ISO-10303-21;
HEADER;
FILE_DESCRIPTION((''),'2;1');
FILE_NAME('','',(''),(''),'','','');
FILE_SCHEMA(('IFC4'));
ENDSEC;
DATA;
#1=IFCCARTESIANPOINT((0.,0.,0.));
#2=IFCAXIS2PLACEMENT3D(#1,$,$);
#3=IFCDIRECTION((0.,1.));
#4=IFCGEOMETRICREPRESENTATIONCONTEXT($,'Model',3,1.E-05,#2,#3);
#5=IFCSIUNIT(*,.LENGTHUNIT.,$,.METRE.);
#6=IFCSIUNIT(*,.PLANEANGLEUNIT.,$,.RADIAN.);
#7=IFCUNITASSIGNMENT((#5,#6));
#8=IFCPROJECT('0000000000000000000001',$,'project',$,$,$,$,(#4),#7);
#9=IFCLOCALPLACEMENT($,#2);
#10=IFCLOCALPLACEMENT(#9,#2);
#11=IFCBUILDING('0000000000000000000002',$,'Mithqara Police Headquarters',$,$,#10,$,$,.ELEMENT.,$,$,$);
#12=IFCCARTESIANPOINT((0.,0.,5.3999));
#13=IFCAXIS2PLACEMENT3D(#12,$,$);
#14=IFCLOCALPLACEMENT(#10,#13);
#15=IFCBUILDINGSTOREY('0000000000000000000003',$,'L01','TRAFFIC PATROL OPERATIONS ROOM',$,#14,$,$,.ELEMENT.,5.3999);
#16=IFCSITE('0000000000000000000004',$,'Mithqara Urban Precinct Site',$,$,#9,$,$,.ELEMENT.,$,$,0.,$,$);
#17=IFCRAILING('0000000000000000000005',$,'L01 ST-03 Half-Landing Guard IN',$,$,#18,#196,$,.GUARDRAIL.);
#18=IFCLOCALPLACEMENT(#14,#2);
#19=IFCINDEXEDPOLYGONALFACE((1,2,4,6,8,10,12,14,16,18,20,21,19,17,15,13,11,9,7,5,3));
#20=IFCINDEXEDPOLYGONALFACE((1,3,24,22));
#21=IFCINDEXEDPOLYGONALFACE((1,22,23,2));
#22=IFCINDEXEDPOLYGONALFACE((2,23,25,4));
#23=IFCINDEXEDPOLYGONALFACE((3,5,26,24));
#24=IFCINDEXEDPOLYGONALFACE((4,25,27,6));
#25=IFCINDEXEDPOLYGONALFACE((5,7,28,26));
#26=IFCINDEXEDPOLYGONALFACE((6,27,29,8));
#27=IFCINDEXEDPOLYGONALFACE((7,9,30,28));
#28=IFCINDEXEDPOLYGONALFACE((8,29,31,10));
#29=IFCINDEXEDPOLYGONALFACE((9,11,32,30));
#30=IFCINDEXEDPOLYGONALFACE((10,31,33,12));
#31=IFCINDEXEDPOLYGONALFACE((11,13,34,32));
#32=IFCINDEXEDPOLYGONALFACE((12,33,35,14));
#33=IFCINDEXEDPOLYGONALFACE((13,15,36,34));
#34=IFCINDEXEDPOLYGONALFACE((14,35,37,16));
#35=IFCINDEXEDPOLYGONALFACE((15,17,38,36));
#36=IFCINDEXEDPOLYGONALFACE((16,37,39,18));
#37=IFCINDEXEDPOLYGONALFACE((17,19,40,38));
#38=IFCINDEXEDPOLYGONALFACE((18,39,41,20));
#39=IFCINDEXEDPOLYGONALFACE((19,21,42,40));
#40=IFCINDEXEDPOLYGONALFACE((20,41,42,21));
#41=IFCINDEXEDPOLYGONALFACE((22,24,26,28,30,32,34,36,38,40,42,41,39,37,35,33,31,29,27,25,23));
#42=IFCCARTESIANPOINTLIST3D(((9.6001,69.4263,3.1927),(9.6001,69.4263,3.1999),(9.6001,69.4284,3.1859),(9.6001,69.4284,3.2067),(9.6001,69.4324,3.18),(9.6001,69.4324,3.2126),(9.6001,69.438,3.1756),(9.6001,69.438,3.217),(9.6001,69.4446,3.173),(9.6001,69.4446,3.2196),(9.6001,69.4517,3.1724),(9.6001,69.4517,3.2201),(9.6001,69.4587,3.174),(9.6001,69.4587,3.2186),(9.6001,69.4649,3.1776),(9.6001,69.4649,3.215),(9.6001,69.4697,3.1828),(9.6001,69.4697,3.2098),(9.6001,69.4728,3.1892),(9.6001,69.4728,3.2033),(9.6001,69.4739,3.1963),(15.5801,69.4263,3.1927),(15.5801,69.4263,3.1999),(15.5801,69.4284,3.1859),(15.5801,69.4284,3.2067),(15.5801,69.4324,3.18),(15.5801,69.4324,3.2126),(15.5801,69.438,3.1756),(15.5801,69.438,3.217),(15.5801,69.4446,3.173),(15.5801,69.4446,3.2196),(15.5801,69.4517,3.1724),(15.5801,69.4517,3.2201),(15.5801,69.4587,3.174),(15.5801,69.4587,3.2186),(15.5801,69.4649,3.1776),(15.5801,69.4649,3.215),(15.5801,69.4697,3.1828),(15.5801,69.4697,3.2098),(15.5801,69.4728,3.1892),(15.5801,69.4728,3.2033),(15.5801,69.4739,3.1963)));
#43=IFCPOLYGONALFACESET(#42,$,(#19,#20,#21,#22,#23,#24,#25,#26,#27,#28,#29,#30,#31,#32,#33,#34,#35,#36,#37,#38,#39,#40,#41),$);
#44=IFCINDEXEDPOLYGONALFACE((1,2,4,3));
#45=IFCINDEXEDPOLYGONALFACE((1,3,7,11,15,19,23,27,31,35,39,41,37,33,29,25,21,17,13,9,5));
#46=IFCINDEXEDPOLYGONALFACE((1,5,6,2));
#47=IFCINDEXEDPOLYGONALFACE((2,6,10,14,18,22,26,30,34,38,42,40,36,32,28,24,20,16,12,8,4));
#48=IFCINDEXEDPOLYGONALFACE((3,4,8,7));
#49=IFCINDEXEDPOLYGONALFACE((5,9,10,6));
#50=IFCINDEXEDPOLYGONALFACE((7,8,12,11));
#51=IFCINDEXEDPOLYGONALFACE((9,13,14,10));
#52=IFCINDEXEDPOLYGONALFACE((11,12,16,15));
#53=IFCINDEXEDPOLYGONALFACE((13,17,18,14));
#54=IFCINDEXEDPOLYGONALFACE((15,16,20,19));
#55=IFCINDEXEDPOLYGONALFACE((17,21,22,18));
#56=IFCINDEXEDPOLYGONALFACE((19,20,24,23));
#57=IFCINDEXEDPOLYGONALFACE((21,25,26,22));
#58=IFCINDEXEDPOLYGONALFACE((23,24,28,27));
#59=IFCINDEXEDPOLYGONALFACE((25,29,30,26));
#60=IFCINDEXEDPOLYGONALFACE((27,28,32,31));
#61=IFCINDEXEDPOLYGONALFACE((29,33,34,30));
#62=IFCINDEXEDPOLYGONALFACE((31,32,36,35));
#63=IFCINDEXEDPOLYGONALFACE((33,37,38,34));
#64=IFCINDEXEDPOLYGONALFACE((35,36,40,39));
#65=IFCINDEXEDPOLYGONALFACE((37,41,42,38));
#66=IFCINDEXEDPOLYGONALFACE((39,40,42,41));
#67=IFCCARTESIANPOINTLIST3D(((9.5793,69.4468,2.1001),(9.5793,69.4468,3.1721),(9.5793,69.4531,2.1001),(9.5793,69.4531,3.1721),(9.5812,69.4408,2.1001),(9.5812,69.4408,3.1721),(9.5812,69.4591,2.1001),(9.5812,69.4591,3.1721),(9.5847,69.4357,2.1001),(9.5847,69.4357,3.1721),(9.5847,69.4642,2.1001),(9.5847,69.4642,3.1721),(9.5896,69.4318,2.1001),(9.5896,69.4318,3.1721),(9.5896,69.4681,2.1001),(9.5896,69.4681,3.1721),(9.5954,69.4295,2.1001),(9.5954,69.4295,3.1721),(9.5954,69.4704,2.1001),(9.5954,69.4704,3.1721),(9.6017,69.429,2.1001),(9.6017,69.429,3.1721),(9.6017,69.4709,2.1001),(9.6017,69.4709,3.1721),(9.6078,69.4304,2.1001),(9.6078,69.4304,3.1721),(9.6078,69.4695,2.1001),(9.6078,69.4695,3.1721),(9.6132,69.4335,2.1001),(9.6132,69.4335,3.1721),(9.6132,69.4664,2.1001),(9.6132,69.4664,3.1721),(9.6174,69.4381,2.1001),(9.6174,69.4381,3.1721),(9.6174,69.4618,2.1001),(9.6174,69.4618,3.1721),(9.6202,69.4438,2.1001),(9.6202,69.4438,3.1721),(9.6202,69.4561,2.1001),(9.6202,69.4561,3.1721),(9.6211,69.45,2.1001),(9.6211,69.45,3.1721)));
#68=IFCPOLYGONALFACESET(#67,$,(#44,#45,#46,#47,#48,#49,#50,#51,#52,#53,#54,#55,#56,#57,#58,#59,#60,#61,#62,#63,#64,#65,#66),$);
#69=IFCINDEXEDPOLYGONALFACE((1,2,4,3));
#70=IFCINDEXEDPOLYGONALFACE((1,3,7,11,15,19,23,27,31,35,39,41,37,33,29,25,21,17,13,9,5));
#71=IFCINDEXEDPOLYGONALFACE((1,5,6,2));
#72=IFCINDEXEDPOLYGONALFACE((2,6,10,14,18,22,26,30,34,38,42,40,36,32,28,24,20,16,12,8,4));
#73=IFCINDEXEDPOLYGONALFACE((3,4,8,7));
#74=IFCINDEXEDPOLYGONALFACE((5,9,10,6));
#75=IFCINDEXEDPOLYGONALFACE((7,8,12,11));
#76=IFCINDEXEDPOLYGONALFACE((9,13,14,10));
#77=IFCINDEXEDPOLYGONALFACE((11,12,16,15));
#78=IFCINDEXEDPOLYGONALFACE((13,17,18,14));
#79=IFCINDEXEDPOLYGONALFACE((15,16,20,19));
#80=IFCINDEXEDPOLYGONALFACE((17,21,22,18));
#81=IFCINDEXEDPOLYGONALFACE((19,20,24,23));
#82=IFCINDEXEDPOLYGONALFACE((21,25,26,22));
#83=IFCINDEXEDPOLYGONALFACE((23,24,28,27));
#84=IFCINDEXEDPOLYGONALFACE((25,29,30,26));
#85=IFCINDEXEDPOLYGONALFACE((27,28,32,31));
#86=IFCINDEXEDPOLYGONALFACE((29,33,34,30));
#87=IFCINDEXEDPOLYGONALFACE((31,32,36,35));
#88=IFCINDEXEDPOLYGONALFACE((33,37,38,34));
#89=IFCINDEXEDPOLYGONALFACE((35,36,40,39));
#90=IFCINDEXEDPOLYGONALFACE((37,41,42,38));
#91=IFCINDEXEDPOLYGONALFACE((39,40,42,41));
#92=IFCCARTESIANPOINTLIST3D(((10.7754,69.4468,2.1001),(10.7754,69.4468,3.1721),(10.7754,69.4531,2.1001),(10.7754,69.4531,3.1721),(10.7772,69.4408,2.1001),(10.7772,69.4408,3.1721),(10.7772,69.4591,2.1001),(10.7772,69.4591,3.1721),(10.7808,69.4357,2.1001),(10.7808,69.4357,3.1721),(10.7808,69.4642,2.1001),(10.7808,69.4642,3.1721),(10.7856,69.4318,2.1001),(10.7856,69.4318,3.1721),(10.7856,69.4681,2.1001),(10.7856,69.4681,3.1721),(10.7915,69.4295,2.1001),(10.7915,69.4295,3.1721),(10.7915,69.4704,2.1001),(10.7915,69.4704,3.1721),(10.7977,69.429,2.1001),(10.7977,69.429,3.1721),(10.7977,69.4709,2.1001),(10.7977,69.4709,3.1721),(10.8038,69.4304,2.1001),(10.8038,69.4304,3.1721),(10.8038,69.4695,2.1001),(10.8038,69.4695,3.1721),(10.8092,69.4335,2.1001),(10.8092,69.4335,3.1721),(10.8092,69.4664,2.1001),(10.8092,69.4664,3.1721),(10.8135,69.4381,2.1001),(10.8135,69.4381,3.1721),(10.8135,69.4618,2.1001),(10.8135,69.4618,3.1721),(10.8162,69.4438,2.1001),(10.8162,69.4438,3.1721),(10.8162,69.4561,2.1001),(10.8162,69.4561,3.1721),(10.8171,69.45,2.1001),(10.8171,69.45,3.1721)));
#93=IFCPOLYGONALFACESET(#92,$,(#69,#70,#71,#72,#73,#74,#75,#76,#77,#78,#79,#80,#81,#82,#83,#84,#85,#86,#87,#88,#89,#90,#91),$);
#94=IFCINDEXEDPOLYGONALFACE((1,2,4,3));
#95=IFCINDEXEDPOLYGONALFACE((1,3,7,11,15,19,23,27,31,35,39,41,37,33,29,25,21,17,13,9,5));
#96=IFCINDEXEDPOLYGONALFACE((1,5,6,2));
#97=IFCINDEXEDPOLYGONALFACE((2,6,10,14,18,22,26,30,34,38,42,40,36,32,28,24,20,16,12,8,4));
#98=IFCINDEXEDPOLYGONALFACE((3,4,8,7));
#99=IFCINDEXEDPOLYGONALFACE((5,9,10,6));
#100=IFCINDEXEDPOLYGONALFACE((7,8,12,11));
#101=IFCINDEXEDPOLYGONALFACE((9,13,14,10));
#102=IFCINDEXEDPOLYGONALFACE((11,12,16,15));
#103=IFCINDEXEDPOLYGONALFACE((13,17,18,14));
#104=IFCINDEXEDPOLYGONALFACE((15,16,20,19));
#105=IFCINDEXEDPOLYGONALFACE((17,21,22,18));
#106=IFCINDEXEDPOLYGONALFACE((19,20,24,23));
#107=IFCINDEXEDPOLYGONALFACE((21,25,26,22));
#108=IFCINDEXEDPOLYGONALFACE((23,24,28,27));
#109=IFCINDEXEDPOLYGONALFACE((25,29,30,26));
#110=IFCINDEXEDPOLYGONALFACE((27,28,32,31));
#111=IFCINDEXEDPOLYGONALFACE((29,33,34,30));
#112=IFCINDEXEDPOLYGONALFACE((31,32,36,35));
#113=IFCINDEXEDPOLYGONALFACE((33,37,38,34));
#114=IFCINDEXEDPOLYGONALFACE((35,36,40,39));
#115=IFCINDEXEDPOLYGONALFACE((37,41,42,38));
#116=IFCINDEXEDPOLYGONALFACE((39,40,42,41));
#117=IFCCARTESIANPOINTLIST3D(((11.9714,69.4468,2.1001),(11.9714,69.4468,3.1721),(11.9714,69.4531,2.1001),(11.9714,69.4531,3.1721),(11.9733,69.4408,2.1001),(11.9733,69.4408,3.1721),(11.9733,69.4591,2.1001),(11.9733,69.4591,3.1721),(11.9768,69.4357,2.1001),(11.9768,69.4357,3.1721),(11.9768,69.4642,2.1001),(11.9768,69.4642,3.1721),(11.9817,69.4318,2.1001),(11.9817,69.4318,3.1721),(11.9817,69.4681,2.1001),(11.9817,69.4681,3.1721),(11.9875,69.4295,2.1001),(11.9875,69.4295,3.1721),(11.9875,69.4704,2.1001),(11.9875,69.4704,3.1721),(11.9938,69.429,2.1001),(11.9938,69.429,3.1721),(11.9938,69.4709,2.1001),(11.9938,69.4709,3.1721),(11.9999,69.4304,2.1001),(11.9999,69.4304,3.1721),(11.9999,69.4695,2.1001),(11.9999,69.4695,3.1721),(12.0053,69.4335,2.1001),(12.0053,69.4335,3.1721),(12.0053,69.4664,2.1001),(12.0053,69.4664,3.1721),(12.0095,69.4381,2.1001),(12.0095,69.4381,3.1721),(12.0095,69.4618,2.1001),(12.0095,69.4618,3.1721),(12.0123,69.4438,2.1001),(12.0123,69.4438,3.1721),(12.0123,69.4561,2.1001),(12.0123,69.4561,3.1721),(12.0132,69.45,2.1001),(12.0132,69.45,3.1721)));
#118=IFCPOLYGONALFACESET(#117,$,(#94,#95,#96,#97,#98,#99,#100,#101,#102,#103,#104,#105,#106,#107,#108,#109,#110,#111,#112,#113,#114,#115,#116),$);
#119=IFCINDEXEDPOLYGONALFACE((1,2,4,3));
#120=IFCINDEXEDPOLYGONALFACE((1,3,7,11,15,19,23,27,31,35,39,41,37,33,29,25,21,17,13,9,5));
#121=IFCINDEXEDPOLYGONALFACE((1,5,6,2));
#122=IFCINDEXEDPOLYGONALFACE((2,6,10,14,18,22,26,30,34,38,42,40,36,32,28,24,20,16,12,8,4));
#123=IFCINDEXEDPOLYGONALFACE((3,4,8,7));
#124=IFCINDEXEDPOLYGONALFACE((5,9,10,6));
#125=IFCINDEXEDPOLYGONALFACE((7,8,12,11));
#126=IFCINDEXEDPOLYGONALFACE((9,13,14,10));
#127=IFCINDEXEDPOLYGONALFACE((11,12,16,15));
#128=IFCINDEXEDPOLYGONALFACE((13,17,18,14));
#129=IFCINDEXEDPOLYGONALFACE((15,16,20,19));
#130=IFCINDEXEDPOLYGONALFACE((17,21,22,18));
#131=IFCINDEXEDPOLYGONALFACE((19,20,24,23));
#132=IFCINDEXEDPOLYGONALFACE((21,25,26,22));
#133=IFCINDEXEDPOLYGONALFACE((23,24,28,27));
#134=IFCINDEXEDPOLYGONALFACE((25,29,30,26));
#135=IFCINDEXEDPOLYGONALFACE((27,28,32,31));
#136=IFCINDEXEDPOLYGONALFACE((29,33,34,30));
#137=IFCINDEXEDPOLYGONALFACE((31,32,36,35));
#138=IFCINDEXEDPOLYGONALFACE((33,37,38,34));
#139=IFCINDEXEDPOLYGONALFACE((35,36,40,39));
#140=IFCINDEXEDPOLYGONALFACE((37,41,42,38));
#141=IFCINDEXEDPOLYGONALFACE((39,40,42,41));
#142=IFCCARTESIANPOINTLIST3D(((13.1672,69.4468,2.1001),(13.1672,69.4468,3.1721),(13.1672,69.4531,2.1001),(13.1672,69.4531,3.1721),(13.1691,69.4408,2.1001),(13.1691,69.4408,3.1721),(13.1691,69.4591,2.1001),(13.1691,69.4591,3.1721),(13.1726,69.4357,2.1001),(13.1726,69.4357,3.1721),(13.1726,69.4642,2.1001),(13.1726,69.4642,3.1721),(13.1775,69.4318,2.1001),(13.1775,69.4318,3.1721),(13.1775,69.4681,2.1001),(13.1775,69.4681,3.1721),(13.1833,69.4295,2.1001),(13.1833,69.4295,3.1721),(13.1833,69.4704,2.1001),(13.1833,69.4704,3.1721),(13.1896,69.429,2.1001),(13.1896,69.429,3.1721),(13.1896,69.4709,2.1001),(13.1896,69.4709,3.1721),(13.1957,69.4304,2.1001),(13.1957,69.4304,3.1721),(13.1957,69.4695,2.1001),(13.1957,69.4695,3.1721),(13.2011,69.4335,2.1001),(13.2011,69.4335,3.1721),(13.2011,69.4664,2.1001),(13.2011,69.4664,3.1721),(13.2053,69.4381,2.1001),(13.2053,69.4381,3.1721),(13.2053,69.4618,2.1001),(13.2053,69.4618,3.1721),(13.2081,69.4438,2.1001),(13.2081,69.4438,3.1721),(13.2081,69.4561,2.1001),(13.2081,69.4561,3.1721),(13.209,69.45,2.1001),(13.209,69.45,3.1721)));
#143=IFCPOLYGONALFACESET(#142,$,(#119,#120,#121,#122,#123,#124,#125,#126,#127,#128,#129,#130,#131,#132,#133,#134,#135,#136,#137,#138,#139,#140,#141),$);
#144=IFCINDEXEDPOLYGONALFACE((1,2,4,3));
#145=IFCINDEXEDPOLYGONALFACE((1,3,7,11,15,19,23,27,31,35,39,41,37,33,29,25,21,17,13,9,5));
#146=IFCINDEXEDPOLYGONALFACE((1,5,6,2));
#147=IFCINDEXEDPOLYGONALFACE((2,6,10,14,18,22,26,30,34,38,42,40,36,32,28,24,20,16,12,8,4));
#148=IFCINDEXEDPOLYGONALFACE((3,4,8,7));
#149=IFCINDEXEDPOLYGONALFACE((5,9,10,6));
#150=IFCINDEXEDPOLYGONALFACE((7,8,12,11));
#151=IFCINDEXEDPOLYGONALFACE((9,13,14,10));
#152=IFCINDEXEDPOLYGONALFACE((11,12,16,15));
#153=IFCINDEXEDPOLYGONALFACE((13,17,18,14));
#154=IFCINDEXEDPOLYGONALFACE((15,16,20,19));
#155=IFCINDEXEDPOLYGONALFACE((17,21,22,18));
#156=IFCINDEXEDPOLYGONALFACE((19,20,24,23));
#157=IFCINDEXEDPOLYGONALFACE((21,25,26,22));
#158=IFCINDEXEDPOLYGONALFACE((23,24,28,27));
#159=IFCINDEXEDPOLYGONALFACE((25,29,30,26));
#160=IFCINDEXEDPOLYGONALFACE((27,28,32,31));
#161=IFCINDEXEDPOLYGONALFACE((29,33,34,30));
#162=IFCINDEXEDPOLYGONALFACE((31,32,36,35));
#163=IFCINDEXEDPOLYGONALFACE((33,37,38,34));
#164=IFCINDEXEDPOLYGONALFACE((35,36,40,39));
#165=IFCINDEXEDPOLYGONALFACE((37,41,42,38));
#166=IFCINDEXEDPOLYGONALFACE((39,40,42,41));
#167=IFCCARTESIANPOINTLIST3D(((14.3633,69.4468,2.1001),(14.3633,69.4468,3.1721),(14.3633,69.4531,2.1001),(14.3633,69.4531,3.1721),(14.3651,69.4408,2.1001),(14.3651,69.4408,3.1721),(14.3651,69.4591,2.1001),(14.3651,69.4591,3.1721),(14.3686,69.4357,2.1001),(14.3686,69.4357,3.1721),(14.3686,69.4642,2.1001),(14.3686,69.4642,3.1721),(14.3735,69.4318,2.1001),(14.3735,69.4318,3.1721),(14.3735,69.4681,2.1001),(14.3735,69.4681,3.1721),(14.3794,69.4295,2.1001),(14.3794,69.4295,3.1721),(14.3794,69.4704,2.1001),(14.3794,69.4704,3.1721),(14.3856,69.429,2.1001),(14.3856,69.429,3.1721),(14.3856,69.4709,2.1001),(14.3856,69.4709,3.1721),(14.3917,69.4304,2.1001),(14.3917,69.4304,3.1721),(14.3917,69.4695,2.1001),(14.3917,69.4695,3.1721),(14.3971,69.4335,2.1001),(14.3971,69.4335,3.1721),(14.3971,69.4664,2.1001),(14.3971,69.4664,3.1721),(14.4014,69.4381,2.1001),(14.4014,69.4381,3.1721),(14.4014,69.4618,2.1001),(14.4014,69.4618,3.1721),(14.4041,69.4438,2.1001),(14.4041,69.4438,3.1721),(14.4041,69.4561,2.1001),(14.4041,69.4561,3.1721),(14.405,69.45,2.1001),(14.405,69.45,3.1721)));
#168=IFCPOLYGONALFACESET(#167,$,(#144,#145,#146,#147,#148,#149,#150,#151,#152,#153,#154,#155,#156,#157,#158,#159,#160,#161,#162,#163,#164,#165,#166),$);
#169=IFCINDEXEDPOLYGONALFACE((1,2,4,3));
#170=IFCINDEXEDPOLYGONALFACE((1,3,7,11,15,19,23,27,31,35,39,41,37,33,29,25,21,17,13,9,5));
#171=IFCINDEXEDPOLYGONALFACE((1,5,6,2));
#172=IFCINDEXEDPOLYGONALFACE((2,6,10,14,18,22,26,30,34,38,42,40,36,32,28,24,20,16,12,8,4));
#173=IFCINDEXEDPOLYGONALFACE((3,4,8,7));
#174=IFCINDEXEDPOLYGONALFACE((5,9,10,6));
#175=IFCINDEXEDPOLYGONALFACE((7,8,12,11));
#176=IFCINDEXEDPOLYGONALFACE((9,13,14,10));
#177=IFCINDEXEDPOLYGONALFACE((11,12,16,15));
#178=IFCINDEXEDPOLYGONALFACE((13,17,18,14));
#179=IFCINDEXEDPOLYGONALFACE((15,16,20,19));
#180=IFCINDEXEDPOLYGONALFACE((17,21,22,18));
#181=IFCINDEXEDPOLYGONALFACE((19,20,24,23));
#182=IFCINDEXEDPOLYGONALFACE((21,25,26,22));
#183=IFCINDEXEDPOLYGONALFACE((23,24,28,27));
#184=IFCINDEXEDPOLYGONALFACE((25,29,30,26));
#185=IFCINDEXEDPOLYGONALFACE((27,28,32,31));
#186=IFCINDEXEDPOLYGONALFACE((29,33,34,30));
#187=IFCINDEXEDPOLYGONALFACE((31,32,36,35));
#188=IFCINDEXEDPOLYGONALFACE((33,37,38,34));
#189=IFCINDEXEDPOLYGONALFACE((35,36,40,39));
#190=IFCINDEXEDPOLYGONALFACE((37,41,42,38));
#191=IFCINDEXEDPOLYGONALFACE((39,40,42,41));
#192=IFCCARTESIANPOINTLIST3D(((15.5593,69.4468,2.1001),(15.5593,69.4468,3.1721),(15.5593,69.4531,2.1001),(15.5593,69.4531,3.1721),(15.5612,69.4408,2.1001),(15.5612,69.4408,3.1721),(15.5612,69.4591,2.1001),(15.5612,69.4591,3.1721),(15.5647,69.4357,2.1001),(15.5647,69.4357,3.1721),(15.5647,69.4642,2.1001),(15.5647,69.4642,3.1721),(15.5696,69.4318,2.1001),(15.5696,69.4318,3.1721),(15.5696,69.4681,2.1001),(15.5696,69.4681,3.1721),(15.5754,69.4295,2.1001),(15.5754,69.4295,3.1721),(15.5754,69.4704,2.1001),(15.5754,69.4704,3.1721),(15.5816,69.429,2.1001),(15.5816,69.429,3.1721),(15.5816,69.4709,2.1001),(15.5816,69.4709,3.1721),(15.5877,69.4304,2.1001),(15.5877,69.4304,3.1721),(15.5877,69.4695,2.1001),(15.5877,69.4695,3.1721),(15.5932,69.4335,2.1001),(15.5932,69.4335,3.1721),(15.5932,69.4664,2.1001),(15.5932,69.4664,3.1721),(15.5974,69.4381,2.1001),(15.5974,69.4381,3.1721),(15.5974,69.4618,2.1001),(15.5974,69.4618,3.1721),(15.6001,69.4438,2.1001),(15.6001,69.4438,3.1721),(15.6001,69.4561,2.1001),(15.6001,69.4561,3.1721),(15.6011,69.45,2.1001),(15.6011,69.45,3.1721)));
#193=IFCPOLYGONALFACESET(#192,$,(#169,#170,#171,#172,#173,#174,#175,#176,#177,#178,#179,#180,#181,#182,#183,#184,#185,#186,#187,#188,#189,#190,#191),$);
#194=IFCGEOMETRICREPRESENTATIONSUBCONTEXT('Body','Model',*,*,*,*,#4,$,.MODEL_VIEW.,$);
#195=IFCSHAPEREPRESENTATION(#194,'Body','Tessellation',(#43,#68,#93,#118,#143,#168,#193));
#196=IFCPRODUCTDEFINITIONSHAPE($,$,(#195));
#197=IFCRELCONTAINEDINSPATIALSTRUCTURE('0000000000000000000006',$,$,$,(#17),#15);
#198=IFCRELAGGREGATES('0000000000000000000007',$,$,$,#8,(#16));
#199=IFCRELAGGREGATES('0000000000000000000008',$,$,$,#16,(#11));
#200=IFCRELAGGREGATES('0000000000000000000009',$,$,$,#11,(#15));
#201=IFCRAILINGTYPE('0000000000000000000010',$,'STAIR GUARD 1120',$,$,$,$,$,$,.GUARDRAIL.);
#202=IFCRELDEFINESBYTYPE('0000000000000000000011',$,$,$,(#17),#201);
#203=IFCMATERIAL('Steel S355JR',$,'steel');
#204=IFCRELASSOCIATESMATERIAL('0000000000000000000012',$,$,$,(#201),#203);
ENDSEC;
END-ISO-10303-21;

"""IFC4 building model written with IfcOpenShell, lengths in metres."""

from ifc_helpers import new_model, si_unit, direction, frame, origin, origin_2d, place, context, subcontext, project, spatial, circle, extrude, material, type_object, element, save


model = new_model("IFC4")

# Units and contexts
model_context = context("Model", 3, precision=1e-05, world=origin(), true_north=direction((0.0, 1.0)))
body_context = subcontext(model_context, "Body", "Model", "MODEL_VIEW")
ifc_project = project(units=[si_unit("LENGTHUNIT", "METRE"), si_unit("PLANEANGLEUNIT", "RADIAN")], contexts=[model_context])

# Site, building, storey
site_placement = place(None, origin())
site = spatial("IfcSite", under=ifc_project, at=site_placement, Name="Mithqara Urban Precinct Site", CompositionType="ELEMENT", RefElevation=0.0)
building_placement = place(site_placement, origin())
building = spatial("IfcBuilding", under=site, at=building_placement, Name="Mithqara Police Headquarters", CompositionType="ELEMENT")
storey_placement = place(building_placement, frame((0.0, 0.0, 5.3999)))
storey = spatial("IfcBuildingStorey", under=building, at=storey_placement, Name="L01", Description="TRAFFIC PATROL OPERATIONS ROOM", CompositionType="ELEMENT", Elevation=5.3999)

# Shared definitions
ifc_material_1 = material(Name="Steel S355JR", Category="steel")

# Railing
railing_type_1 = type_object("IfcRailingType", Name="STAIR GUARD 1120", PredefinedType="GUARDRAIL", material=ifc_material_1)
railing_1_placement = place(storey_placement, frame((9.6001, 69.45, 2.1001)))
element("IfcRailing", 1, at=railing_1_placement, inside=storey, type_object=railing_type_1, Name="L01 ST-03 Half-Landing Guard IN", PredefinedType="GUARDRAIL", context=body_context, shape_type="SweptSolid", body=[
    extrude(circle(Radius=0.0239, at=origin_2d()), frame((0.0, 0.0, 1.0962), z_axis=(1.0, 0.0, 0.0), x_axis=(0.0, 1.0, 0.0)), (0.0, 0.0, 1.0), 5.98),
    extrude(circle(Radius=0.021, at=origin_2d()), origin(), (0.0, 0.0, 1.0), 1.072),
    extrude(circle(Radius=0.021, at=origin_2d()), frame((1.196, 0.0, 0.0)), (0.0, 0.0, 1.0), 1.072),
    extrude(circle(Radius=0.021, at=origin_2d()), frame((2.3921, 0.0, 0.0)), (0.0, 0.0, 1.0), 1.072),
    extrude(circle(Radius=0.021, at=origin_2d()), frame((3.5879, 0.0, 0.0)), (0.0, 0.0, 1.0), 1.072),
    extrude(circle(Radius=0.021, at=origin_2d()), frame((4.7839, 0.0, 0.0)), (0.0, 0.0, 1.0), 1.072),
    extrude(circle(Radius=0.021, at=origin_2d()), frame((5.98, 0.0, 0.0)), (0.0, 0.0, 1.0), 1.072),
])

save(model, "model.ifc")
